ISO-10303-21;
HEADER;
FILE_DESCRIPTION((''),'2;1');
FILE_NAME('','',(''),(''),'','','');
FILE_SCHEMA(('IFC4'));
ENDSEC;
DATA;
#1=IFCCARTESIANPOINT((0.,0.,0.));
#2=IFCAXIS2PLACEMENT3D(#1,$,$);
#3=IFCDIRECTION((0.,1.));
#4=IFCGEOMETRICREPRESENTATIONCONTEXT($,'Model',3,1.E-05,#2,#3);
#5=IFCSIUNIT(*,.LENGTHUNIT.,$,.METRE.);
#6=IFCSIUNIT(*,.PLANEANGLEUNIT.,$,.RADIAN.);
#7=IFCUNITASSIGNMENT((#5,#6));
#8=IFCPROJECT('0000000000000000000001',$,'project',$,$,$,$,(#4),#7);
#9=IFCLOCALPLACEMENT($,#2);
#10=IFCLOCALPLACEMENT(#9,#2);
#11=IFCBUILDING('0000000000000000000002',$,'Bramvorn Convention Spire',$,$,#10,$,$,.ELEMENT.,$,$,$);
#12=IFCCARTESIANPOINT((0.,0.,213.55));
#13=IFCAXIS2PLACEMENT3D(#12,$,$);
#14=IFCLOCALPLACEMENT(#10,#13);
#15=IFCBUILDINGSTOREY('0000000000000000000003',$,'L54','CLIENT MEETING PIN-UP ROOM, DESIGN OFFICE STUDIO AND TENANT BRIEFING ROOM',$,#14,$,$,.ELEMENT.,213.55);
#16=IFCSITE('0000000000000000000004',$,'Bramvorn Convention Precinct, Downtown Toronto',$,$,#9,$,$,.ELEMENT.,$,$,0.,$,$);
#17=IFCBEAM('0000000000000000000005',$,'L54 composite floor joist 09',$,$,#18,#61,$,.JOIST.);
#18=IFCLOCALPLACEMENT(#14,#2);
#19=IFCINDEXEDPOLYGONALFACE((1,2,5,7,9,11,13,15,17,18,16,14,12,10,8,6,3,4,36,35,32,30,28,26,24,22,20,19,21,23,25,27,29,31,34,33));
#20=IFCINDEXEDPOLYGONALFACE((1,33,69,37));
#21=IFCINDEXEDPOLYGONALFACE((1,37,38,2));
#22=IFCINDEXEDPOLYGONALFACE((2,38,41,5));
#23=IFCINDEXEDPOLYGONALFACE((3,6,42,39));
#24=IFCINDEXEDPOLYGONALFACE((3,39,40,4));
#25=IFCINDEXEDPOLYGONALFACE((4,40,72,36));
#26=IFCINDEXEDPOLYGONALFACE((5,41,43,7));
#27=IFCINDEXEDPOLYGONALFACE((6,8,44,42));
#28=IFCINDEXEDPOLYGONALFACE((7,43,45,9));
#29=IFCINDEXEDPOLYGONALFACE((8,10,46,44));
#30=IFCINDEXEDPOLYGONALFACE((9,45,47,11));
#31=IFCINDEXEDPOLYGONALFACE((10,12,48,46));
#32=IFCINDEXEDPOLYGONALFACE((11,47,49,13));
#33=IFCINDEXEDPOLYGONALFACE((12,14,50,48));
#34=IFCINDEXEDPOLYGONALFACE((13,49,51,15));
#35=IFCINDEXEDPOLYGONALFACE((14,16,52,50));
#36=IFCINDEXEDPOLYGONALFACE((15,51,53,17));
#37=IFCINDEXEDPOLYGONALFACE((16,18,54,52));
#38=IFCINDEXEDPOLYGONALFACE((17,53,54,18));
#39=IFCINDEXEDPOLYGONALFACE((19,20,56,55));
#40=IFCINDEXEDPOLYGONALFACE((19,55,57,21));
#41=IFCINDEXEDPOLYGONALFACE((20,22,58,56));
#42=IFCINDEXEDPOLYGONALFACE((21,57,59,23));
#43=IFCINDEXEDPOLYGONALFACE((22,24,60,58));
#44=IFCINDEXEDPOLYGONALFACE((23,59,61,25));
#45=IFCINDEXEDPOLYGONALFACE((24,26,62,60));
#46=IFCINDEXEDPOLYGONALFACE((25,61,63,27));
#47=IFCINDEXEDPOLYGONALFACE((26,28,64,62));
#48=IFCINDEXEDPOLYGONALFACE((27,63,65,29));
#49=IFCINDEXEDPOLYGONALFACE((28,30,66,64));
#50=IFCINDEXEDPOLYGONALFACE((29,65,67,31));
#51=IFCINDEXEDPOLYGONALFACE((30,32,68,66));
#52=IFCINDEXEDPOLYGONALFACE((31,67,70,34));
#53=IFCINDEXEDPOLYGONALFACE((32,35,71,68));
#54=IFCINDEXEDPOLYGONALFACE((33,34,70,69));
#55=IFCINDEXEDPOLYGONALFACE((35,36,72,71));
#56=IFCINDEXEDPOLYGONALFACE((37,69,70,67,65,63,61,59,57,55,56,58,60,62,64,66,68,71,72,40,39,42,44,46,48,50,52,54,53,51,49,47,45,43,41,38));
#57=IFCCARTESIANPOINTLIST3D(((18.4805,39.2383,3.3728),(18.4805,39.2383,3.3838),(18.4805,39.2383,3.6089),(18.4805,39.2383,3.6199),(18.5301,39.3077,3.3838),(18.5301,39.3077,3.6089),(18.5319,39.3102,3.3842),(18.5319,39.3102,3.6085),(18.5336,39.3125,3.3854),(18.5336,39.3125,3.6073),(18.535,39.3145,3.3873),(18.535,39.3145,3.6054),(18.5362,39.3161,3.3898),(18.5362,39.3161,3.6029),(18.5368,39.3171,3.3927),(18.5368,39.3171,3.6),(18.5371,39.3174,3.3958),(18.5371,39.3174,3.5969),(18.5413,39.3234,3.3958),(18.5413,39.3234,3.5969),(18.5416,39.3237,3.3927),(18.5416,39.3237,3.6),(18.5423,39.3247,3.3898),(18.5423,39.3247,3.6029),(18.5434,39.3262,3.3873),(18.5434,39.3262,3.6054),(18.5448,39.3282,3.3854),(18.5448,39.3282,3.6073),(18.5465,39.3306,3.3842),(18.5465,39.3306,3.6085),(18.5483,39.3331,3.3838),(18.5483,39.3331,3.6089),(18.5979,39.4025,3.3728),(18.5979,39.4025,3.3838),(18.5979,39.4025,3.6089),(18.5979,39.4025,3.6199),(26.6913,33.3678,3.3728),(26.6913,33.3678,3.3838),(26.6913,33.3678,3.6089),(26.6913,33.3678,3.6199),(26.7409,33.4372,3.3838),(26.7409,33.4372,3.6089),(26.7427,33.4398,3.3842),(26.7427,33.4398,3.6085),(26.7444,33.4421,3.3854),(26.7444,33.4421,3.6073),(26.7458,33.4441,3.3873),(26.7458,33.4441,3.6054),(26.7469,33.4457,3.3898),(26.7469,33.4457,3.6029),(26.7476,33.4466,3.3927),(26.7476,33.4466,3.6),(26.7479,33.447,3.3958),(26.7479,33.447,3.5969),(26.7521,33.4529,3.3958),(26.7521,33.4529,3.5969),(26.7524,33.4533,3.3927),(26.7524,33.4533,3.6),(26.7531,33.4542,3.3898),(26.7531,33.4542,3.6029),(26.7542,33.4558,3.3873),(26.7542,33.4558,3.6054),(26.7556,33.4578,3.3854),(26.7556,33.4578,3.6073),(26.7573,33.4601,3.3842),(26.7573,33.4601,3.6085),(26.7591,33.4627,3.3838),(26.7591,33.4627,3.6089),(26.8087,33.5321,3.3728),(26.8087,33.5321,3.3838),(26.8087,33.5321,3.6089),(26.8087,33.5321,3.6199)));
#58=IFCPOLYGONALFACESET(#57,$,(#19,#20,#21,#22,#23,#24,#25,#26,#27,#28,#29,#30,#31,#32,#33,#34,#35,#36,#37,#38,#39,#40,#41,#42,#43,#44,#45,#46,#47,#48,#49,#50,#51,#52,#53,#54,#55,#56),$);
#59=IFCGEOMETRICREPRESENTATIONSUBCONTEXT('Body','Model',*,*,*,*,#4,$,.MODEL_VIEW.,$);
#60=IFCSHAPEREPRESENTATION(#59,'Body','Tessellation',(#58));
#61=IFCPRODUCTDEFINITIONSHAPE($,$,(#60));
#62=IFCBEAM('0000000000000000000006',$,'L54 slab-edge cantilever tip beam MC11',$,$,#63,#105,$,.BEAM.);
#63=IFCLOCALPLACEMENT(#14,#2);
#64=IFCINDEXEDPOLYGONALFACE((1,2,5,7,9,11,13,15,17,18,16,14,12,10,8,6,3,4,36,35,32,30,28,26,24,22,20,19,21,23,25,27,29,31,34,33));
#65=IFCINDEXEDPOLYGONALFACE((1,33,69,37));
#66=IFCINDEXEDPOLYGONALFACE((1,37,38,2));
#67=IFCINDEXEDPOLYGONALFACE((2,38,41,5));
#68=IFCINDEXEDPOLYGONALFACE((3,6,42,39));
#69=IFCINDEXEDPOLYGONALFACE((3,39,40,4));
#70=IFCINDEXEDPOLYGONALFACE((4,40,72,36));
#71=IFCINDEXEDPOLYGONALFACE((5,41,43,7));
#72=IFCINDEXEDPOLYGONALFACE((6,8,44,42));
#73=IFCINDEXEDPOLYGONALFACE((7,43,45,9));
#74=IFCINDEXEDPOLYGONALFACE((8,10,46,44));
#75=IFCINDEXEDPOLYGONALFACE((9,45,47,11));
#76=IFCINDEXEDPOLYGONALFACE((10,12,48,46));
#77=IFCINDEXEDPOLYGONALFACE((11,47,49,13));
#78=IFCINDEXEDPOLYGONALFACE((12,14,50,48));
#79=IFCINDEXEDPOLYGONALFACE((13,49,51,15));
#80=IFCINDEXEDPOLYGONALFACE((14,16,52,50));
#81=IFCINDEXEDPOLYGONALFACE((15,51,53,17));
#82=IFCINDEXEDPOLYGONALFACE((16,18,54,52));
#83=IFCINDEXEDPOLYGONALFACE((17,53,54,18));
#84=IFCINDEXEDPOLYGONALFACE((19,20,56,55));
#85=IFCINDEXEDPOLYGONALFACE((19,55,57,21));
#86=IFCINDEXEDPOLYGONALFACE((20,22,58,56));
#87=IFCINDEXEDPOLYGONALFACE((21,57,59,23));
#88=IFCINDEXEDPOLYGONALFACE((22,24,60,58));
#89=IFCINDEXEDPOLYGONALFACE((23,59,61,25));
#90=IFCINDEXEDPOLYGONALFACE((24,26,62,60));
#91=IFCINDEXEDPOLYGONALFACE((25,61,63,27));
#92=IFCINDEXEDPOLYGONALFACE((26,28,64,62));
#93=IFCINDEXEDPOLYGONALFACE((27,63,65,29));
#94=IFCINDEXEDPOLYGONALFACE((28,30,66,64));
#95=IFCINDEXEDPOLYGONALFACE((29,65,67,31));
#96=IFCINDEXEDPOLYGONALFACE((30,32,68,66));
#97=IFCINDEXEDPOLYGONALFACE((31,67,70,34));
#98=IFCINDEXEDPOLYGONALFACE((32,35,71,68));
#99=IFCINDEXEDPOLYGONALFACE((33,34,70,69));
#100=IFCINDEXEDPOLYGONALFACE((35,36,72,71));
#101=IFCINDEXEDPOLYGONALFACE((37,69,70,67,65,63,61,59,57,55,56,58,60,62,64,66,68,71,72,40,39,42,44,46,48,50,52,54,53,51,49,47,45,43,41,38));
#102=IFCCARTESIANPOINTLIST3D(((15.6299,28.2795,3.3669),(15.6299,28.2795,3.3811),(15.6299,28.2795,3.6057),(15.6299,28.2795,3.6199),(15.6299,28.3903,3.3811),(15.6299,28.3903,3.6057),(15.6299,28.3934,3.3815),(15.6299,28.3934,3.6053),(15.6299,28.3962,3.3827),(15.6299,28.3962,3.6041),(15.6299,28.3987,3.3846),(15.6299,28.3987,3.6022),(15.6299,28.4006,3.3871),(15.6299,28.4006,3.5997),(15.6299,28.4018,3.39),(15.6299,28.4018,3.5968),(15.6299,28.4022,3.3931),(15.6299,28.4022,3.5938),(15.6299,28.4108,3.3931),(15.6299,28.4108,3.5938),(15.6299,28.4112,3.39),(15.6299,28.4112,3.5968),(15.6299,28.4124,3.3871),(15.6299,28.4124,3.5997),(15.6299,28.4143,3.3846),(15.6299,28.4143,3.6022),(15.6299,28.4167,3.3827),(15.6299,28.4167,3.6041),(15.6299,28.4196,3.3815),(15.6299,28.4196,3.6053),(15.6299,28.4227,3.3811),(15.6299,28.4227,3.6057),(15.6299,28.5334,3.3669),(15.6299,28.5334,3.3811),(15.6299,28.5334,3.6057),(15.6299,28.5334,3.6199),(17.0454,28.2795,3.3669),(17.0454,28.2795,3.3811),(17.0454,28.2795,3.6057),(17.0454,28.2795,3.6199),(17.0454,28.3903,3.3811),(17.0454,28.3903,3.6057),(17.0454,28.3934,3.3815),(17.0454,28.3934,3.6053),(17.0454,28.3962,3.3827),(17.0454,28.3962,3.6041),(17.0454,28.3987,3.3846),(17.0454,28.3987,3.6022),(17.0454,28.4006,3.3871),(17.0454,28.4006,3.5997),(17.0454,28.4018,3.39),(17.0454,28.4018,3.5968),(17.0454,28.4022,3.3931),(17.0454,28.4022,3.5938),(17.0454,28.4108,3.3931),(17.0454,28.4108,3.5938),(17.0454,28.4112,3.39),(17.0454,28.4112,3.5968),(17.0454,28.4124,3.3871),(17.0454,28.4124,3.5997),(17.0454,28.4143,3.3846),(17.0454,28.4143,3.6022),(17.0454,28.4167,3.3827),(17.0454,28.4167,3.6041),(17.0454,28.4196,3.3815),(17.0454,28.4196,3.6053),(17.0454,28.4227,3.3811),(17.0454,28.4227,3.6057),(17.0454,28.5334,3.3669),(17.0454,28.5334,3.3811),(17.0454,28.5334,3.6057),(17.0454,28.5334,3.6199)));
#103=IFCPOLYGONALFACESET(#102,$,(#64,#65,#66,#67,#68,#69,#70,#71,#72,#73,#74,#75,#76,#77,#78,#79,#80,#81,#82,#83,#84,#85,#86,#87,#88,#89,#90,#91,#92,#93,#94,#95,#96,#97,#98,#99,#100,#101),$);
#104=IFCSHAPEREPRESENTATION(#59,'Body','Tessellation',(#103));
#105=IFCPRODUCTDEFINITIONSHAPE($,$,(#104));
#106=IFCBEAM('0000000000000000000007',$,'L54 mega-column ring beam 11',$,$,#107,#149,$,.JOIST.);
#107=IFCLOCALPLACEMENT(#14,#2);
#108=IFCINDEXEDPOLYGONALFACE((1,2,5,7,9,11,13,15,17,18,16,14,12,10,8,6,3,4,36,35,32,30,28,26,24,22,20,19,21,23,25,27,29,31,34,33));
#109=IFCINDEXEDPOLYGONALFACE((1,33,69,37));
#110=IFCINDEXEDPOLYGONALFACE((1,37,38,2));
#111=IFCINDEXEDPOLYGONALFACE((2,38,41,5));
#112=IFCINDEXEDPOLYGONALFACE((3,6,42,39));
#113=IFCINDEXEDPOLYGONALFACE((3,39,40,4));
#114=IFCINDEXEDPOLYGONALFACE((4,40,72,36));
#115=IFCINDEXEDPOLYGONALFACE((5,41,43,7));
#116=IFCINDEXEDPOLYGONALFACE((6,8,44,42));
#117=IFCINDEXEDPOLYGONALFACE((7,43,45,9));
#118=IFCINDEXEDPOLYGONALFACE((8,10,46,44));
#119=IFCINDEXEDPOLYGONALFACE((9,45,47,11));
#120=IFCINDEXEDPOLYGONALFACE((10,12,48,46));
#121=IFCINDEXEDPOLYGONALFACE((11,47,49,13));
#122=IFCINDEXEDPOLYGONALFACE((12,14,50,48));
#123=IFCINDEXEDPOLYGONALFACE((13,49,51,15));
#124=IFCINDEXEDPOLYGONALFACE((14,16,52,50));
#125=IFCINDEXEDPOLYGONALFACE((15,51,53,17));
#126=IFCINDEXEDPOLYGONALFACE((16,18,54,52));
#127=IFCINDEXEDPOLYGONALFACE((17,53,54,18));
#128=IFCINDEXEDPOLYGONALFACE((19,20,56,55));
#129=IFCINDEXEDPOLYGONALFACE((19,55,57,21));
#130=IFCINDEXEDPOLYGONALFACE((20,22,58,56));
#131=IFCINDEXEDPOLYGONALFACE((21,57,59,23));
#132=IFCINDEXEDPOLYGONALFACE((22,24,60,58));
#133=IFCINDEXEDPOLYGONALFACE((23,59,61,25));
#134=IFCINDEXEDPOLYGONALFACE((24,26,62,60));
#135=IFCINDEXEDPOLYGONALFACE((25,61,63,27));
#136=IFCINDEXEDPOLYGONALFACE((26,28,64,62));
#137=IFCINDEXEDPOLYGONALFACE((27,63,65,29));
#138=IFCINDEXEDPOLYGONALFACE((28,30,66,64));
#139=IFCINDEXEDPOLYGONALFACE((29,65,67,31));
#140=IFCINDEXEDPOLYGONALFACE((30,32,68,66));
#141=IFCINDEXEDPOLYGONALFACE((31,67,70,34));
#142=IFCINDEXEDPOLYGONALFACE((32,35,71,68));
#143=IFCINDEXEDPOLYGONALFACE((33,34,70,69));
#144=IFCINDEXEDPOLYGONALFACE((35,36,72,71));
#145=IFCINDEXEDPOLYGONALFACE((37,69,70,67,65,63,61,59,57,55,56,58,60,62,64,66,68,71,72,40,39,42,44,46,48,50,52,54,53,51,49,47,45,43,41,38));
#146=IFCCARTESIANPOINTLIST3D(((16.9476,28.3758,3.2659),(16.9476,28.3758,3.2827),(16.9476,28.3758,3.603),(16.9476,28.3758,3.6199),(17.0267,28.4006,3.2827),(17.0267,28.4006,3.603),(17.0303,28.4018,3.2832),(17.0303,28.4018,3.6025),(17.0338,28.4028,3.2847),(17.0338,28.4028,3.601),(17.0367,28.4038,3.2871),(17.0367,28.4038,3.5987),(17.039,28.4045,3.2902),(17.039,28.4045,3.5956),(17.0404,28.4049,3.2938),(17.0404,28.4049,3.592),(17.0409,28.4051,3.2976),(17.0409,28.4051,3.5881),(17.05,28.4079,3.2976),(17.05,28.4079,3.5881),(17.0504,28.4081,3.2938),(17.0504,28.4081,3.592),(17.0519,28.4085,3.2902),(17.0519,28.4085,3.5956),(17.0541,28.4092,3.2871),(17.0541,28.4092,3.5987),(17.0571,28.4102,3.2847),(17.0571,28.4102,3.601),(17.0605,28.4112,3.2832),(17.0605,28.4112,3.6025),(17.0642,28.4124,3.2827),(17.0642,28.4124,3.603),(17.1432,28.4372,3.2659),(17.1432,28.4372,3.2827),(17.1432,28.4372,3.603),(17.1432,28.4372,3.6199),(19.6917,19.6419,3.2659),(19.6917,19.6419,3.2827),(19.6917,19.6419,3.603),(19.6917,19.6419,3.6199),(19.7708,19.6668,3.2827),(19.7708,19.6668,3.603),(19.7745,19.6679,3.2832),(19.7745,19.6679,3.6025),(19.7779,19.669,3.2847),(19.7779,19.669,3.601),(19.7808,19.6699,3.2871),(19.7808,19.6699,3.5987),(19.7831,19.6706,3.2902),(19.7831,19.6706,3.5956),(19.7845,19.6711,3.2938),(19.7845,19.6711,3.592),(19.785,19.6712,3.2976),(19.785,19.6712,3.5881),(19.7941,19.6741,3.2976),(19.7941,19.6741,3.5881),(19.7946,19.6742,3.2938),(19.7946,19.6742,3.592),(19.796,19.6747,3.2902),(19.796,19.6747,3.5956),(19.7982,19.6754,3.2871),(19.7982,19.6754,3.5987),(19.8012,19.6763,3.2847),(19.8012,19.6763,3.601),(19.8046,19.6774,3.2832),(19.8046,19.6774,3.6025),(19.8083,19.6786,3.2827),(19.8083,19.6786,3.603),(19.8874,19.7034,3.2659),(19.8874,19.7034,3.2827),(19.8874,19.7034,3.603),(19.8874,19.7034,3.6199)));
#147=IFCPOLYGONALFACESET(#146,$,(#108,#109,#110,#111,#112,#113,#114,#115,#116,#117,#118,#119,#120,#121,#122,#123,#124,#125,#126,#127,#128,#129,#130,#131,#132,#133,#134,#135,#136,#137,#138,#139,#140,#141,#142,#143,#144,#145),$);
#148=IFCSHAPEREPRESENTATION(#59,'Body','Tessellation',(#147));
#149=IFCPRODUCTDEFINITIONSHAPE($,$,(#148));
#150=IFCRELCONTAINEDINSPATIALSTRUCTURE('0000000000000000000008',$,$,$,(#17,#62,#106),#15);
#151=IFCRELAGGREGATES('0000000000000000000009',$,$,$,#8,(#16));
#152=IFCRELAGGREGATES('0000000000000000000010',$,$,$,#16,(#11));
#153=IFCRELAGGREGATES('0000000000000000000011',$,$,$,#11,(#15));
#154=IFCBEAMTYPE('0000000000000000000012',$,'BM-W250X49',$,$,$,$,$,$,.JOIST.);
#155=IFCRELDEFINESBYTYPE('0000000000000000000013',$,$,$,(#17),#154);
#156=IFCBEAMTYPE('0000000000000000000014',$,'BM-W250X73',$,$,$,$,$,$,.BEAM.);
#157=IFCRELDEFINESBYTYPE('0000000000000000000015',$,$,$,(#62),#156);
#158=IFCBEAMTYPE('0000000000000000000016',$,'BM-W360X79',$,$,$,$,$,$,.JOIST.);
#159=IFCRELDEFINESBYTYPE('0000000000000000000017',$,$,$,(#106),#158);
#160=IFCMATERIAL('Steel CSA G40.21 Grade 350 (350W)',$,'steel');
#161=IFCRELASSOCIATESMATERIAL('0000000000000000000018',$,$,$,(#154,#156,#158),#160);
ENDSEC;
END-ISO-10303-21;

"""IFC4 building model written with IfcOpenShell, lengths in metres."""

from ifc_helpers import new_model, si_unit, direction, frame, origin, origin_2d, place, context, subcontext, project, spatial, i_section, extrude, material, material_profile, profile_set, type_object, element, save


model = new_model("IFC4")

# Units and contexts
model_context = context("Model", 3, precision=1e-05, world=origin(), true_north=direction((0.0, 1.0)))
body_context = subcontext(model_context, "Body", "Model", "MODEL_VIEW")
ifc_project = project(units=[si_unit("LENGTHUNIT", "METRE"), si_unit("PLANEANGLEUNIT", "RADIAN")], contexts=[model_context])

# Site, building, storey
site_placement = place(None, origin())
site = spatial("IfcSite", under=ifc_project, at=site_placement, Name="Bramvorn Convention Precinct, Downtown Toronto", CompositionType="ELEMENT", RefElevation=0.0)
building_placement = place(site_placement, origin())
building = spatial("IfcBuilding", under=site, at=building_placement, Name="Bramvorn Convention Spire", CompositionType="ELEMENT")
storey_placement = place(building_placement, frame((0.0, 0.0, 213.55)))
storey = spatial("IfcBuildingStorey", under=building, at=storey_placement, Name="L54", Description="CLIENT MEETING PIN-UP ROOM, DESIGN OFFICE STUDIO AND TENANT BRIEFING ROOM", CompositionType="ELEMENT", Elevation=213.55)

# Shared definitions
ifc_material_1 = material(Name="Steel CSA G40.21 Grade 350 (350W)", Category="steel")

# Beams
ifc_material_profile_1 = material_profile(ifc_material_1, i_section(OverallWidth=0.2019, OverallDepth=0.2471, WebThickness=0.0073, FlangeThickness=0.011, FilletRadius=0.012, at=origin_2d()))
ifc_profile_set_1 = profile_set([ifc_material_profile_1], Name="Steel CSA G40.21 Grade 350 (350W) - W250X49")
beam_type_1 = type_object("IfcBeamType", Name="BM-W250X49", PredefinedType="JOIST", material=ifc_profile_set_1)
beam_1_placement = place(storey_placement, frame((26.75, 33.45, 3.4963), z_axis=(-0.813472, 0.581604, 0.0), x_axis=(-0.581604, -0.813472, 0.0)))
element("IfcBeam", 1, at=beam_1_placement, inside=storey, type_object=beam_type_1, Name="L54 composite floor joist 09", PredefinedType="JOIST", context=body_context, shape_type="SweptSolid", body=[
    extrude(i_section(OverallWidth=0.2019, OverallDepth=0.2471, WebThickness=0.0073, FlangeThickness=0.011, FilletRadius=0.012, at=origin_2d()), origin(), (0.0, 0.0, 1.0), 10.0935),
])
ifc_material_profile_2 = material_profile(ifc_material_1, i_section(OverallWidth=0.2539, OverallDepth=0.2529, WebThickness=0.0085, FlangeThickness=0.0142, FilletRadius=0.012, at=origin_2d()))
ifc_profile_set_2 = profile_set([ifc_material_profile_2], Name="Steel CSA G40.21 Grade 350 (350W) - W250X73")
beam_type_2 = type_object("IfcBeamType", Name="BM-W250X73", PredefinedType="BEAM", material=ifc_profile_set_2)
beam_2_placement = place(storey_placement, frame((17.0454, 28.4065, 3.4934), z_axis=(-1.0, 0.0, 0.0), x_axis=(0.0, -1.0, 0.0)))
element("IfcBeam", 2, at=beam_2_placement, inside=storey, type_object=beam_type_2, Name="L54 slab-edge cantilever tip beam MC11", PredefinedType="BEAM", context=body_context, shape_type="SweptSolid", body=[
    extrude(i_section(OverallWidth=0.2539, OverallDepth=0.2529, WebThickness=0.0085, FlangeThickness=0.0142, FilletRadius=0.012, at=origin_2d()), origin(), (0.0, 0.0, 1.0), 1.4155),
])
ifc_material_profile_3 = material_profile(ifc_material_1, i_section(OverallWidth=0.2051, OverallDepth=0.354, WebThickness=0.0095, FlangeThickness=0.0168, FilletRadius=0.0149, at=origin_2d()))
ifc_profile_set_3 = profile_set([ifc_material_profile_3], Name="Steel CSA G40.21 Grade 350 (350W) - W360X79")
beam_type_3 = type_object("IfcBeamType", Name="BM-W360X79", PredefinedType="JOIST", material=ifc_profile_set_3)
beam_3_placement = place(storey_placement, frame((17.0454, 28.4065, 3.4429), z_axis=(0.299748, -0.954019, 0.0), x_axis=(0.954019, 0.299748, 0.0)))
element("IfcBeam", 3, at=beam_3_placement, inside=storey, type_object=beam_type_3, Name="L54 mega-column ring beam 11", PredefinedType="JOIST", context=body_context, shape_type="SweptSolid", body=[
    extrude(i_section(OverallWidth=0.2051, OverallDepth=0.354, WebThickness=0.0095, FlangeThickness=0.0168, FilletRadius=0.0149, at=origin_2d()), origin(), (0.0, 0.0, 1.0), 9.1548),
])

save(model, "model.ifc")
